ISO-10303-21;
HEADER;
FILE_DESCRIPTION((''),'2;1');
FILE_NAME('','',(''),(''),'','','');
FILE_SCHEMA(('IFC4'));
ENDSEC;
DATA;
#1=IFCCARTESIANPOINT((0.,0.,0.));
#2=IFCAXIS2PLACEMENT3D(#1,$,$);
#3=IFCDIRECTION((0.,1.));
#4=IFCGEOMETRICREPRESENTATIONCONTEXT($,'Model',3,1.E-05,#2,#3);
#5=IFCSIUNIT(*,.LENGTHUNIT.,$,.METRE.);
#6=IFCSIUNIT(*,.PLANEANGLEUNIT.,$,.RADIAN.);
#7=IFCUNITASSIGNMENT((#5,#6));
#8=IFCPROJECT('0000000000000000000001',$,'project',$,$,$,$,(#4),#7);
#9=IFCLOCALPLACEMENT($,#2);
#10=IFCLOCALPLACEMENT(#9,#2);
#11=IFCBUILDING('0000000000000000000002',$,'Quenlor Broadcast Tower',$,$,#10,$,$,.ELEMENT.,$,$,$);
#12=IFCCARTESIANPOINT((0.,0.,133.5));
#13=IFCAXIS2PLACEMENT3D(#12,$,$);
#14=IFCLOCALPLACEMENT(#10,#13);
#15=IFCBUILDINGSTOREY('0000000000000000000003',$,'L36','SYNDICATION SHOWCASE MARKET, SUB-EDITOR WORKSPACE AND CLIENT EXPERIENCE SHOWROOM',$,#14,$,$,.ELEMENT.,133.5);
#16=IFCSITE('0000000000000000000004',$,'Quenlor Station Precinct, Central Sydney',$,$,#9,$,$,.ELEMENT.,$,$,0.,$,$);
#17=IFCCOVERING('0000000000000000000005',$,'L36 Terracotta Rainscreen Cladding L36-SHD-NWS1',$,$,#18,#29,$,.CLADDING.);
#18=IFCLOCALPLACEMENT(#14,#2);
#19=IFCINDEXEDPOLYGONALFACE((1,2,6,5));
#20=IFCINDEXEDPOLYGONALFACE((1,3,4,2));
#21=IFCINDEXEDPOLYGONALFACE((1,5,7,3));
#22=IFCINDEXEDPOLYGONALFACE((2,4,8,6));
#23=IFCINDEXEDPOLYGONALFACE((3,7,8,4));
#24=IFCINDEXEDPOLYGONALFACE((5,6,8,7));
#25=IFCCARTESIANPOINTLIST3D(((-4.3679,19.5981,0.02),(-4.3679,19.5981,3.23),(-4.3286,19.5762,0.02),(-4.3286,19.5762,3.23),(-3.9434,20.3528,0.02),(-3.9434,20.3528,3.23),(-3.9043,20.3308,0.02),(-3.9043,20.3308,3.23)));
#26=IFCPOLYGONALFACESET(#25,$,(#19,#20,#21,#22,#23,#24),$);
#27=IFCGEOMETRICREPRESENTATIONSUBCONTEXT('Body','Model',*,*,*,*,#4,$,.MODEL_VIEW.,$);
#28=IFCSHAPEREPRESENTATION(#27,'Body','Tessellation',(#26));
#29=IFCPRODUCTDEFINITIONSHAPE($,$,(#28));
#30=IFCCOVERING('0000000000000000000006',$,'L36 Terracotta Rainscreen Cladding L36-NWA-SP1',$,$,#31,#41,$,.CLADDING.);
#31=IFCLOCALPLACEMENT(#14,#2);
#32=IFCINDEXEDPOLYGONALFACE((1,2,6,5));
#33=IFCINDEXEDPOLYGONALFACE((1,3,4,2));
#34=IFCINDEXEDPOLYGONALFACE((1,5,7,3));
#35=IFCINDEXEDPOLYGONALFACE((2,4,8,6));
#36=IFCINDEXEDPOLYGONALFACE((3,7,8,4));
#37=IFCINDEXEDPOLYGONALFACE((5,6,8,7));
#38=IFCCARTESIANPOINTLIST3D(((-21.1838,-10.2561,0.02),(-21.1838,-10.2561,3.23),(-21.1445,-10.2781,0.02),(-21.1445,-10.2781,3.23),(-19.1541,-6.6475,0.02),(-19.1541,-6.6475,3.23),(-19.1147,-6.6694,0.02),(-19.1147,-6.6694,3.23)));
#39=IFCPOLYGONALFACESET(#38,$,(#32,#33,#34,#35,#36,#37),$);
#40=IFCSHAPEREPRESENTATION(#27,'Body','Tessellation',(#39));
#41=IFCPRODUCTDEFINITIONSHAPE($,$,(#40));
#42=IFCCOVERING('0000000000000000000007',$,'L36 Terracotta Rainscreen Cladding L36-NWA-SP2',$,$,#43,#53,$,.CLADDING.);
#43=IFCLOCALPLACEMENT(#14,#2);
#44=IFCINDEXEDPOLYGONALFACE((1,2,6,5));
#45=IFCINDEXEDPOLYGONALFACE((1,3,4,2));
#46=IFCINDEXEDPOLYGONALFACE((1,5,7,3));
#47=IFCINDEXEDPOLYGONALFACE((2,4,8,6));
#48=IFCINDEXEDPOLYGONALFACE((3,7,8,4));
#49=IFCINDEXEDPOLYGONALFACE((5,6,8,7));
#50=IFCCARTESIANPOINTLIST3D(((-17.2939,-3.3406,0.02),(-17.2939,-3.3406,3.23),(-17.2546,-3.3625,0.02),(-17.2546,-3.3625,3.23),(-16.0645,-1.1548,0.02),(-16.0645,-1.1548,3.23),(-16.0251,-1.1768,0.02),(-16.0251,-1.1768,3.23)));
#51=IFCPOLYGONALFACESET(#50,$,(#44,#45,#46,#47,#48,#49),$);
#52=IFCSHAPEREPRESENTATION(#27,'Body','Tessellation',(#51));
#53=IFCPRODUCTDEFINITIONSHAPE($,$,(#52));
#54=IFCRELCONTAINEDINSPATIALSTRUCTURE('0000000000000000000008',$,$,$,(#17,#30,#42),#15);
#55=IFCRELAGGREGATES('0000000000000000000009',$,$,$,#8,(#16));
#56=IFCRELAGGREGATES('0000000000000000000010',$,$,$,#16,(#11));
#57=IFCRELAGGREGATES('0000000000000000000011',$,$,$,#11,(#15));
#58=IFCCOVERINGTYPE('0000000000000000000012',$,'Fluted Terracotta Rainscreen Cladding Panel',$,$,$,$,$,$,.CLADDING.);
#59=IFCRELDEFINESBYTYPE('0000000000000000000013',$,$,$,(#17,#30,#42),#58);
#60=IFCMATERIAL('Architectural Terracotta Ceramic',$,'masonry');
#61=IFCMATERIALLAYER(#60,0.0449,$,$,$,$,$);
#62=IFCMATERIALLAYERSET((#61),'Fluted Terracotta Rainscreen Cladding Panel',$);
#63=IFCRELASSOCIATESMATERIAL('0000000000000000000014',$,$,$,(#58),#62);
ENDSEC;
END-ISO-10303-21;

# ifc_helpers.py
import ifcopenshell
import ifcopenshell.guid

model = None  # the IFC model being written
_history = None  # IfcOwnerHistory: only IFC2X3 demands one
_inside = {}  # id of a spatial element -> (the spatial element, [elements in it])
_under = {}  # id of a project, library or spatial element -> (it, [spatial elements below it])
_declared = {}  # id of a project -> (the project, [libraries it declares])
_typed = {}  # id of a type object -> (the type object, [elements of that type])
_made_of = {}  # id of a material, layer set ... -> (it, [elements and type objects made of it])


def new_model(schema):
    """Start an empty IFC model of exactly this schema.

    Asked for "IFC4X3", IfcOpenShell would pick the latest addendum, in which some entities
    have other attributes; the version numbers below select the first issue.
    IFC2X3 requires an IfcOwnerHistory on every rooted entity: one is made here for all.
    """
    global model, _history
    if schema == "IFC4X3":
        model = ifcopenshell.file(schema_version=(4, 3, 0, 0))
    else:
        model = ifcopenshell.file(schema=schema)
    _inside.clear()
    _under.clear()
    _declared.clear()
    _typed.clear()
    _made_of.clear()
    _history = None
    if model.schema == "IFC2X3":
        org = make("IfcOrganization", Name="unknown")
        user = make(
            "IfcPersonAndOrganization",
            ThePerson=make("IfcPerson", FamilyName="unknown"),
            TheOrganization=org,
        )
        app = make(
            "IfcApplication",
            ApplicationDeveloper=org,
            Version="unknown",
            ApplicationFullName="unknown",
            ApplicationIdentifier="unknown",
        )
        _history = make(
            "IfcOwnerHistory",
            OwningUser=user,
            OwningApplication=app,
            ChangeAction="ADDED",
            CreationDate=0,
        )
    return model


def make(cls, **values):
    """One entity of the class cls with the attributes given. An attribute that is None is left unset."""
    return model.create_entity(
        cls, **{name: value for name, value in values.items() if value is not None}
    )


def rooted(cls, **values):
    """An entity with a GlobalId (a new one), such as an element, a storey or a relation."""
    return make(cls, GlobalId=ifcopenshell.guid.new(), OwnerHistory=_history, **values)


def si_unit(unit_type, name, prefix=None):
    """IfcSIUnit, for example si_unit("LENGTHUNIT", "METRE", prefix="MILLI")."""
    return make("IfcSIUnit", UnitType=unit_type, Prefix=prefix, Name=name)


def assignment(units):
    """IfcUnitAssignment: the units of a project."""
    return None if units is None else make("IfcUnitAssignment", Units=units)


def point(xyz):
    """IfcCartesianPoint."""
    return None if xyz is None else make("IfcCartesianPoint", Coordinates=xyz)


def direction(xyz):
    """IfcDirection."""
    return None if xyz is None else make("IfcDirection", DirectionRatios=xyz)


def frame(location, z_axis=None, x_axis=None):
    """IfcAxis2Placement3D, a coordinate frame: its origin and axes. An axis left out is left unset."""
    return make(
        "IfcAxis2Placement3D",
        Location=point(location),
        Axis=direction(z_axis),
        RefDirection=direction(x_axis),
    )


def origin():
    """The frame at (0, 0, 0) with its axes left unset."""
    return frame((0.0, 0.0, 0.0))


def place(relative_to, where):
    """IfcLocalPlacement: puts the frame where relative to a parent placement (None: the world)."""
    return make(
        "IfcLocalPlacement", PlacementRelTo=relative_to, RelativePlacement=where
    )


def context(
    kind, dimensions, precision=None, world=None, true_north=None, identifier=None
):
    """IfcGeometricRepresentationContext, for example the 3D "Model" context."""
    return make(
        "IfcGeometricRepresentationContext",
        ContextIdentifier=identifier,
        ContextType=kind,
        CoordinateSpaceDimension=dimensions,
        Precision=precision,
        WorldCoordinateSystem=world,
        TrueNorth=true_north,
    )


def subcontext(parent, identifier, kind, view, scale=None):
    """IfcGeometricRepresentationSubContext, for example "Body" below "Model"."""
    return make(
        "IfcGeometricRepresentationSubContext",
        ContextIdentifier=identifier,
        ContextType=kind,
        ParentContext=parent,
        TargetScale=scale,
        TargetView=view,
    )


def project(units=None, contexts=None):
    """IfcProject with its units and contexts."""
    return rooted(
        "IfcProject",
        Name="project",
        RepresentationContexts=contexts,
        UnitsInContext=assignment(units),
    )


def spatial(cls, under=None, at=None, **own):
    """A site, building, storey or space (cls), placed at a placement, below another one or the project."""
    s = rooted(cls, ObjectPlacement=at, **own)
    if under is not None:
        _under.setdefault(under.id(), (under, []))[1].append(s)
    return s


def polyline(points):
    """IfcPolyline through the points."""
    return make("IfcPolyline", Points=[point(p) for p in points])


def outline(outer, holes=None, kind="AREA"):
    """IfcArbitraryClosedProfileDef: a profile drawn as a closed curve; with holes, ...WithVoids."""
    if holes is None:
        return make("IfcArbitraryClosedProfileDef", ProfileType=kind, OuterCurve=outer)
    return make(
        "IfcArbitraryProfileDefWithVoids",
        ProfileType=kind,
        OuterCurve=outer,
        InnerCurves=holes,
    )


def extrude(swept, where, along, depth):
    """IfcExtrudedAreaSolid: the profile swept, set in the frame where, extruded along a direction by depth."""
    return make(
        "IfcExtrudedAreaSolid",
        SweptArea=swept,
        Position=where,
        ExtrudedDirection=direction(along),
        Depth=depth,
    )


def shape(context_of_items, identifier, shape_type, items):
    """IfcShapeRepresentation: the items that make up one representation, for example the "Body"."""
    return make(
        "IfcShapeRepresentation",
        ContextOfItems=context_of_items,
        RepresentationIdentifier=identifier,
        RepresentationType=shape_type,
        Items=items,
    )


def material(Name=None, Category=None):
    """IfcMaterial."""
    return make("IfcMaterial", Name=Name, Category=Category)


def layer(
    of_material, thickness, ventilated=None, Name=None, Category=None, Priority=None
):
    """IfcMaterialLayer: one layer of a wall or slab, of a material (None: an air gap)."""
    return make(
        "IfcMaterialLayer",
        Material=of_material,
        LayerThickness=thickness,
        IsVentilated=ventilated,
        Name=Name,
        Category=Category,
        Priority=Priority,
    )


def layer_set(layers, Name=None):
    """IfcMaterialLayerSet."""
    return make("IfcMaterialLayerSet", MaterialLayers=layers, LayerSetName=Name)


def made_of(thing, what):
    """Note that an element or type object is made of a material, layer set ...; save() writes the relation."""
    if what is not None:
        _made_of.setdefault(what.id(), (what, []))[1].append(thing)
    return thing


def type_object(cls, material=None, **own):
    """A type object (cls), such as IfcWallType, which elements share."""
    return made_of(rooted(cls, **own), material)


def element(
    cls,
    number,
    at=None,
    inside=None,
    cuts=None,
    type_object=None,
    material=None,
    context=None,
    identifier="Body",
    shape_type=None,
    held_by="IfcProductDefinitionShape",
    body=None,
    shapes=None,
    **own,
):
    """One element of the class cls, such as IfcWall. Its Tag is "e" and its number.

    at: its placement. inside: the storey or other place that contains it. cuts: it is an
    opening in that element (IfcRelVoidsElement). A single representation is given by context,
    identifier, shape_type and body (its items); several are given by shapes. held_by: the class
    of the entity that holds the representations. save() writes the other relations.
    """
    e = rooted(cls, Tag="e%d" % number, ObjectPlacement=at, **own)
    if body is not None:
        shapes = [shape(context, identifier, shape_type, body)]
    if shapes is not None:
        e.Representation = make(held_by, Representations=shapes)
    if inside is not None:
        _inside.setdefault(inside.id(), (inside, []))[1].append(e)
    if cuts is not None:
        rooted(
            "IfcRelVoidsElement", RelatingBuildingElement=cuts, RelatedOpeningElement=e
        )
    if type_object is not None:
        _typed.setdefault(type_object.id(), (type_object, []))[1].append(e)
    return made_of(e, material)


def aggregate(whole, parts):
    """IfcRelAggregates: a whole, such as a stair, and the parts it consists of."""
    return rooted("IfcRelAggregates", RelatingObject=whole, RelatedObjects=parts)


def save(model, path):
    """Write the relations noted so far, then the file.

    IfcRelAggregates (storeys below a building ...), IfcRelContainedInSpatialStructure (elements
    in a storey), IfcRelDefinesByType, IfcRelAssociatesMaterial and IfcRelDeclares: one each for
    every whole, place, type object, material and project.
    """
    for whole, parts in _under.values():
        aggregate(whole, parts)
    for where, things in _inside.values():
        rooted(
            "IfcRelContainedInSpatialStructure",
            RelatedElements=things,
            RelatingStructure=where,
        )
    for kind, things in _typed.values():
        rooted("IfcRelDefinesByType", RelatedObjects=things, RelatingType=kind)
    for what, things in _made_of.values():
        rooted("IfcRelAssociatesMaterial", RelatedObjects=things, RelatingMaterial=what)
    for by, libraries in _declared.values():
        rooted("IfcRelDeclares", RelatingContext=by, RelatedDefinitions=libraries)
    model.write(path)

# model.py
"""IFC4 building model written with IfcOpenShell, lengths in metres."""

from ifc_helpers import new_model, si_unit, direction, frame, origin, place, context, subcontext, project, spatial, polyline, outline, extrude, material, layer, layer_set, type_object, element, save


model = new_model("IFC4")

# Units and contexts
model_context = context("Model", 3, precision=1e-05, world=origin(), true_north=direction((0.0, 1.0)))
body_context = subcontext(model_context, "Body", "Model", "MODEL_VIEW")
ifc_project = project(units=[si_unit("LENGTHUNIT", "METRE"), si_unit("PLANEANGLEUNIT", "RADIAN")], contexts=[model_context])

# Site, building, storey
site_placement = place(None, origin())
site = spatial("IfcSite", under=ifc_project, at=site_placement, Name="Quenlor Station Precinct, Central Sydney", CompositionType="ELEMENT", RefElevation=0.0)
building_placement = place(site_placement, origin())
building = spatial("IfcBuilding", under=site, at=building_placement, Name="Quenlor Broadcast Tower", CompositionType="ELEMENT")
storey_placement = place(building_placement, frame((0.0, 0.0, 133.5)))
storey = spatial("IfcBuildingStorey", under=building, at=storey_placement, Name="L36", Description="SYNDICATION SHOWCASE MARKET, SUB-EDITOR WORKSPACE AND CLIENT EXPERIENCE SHOWROOM", CompositionType="ELEMENT", Elevation=133.5)

# Coverings
ifc_material = material(Name="Architectural Terracotta Ceramic", Category="masonry")
ifc_layer = layer(ifc_material, 0.0449)
ifc_layer_set = layer_set([ifc_layer], Name="Fluted Terracotta Rainscreen Cladding Panel")
covering_type = type_object("IfcCoveringType", Name="Fluted Terracotta Rainscreen Cladding Panel", PredefinedType="CLADDING", material=ifc_layer_set)
covering_1_placement = place(storey_placement, frame((0.0, 0.0, 0.02)))
element("IfcCovering", 1, at=covering_1_placement, inside=storey, type_object=covering_type, Name="L36 Terracotta Rainscreen Cladding L36-SHD-NWS1", PredefinedType="CLADDING", context=body_context, shape_type="SweptSolid", body=[
    extrude(outline(polyline([(-4.3286, 19.5762), (-3.9043, 20.3308), (-3.9434, 20.3528), (-4.3679, 19.5981), (-4.3286, 19.5762)])), origin(), (0.0, 0.0, 1.0), 3.21),
])
covering_2_placement = place(storey_placement, frame((0.0, 0.0, 0.02)))
element("IfcCovering", 2, at=covering_2_placement, inside=storey, type_object=covering_type, Name="L36 Terracotta Rainscreen Cladding L36-NWA-SP1", PredefinedType="CLADDING", context=body_context, shape_type="SweptSolid", body=[
    extrude(outline(polyline([(-21.1445, -10.2781), (-19.1147, -6.6694), (-19.1541, -6.6475), (-21.1838, -10.2561), (-21.1445, -10.2781)])), origin(), (0.0, 0.0, 1.0), 3.21),
])
covering_3_placement = place(storey_placement, frame((0.0, 0.0, 0.02)))
element("IfcCovering", 3, at=covering_3_placement, inside=storey, type_object=covering_type, Name="L36 Terracotta Rainscreen Cladding L36-NWA-SP2", PredefinedType="CLADDING", context=body_context, shape_type="SweptSolid", body=[
    extrude(outline(polyline([(-17.2546, -3.3625), (-16.0251, -1.1768), (-16.0645, -1.1548), (-17.2939, -3.3406), (-17.2546, -3.3625)])), origin(), (0.0, 0.0, 1.0), 3.21),
])

save(model, "model.ifc")
